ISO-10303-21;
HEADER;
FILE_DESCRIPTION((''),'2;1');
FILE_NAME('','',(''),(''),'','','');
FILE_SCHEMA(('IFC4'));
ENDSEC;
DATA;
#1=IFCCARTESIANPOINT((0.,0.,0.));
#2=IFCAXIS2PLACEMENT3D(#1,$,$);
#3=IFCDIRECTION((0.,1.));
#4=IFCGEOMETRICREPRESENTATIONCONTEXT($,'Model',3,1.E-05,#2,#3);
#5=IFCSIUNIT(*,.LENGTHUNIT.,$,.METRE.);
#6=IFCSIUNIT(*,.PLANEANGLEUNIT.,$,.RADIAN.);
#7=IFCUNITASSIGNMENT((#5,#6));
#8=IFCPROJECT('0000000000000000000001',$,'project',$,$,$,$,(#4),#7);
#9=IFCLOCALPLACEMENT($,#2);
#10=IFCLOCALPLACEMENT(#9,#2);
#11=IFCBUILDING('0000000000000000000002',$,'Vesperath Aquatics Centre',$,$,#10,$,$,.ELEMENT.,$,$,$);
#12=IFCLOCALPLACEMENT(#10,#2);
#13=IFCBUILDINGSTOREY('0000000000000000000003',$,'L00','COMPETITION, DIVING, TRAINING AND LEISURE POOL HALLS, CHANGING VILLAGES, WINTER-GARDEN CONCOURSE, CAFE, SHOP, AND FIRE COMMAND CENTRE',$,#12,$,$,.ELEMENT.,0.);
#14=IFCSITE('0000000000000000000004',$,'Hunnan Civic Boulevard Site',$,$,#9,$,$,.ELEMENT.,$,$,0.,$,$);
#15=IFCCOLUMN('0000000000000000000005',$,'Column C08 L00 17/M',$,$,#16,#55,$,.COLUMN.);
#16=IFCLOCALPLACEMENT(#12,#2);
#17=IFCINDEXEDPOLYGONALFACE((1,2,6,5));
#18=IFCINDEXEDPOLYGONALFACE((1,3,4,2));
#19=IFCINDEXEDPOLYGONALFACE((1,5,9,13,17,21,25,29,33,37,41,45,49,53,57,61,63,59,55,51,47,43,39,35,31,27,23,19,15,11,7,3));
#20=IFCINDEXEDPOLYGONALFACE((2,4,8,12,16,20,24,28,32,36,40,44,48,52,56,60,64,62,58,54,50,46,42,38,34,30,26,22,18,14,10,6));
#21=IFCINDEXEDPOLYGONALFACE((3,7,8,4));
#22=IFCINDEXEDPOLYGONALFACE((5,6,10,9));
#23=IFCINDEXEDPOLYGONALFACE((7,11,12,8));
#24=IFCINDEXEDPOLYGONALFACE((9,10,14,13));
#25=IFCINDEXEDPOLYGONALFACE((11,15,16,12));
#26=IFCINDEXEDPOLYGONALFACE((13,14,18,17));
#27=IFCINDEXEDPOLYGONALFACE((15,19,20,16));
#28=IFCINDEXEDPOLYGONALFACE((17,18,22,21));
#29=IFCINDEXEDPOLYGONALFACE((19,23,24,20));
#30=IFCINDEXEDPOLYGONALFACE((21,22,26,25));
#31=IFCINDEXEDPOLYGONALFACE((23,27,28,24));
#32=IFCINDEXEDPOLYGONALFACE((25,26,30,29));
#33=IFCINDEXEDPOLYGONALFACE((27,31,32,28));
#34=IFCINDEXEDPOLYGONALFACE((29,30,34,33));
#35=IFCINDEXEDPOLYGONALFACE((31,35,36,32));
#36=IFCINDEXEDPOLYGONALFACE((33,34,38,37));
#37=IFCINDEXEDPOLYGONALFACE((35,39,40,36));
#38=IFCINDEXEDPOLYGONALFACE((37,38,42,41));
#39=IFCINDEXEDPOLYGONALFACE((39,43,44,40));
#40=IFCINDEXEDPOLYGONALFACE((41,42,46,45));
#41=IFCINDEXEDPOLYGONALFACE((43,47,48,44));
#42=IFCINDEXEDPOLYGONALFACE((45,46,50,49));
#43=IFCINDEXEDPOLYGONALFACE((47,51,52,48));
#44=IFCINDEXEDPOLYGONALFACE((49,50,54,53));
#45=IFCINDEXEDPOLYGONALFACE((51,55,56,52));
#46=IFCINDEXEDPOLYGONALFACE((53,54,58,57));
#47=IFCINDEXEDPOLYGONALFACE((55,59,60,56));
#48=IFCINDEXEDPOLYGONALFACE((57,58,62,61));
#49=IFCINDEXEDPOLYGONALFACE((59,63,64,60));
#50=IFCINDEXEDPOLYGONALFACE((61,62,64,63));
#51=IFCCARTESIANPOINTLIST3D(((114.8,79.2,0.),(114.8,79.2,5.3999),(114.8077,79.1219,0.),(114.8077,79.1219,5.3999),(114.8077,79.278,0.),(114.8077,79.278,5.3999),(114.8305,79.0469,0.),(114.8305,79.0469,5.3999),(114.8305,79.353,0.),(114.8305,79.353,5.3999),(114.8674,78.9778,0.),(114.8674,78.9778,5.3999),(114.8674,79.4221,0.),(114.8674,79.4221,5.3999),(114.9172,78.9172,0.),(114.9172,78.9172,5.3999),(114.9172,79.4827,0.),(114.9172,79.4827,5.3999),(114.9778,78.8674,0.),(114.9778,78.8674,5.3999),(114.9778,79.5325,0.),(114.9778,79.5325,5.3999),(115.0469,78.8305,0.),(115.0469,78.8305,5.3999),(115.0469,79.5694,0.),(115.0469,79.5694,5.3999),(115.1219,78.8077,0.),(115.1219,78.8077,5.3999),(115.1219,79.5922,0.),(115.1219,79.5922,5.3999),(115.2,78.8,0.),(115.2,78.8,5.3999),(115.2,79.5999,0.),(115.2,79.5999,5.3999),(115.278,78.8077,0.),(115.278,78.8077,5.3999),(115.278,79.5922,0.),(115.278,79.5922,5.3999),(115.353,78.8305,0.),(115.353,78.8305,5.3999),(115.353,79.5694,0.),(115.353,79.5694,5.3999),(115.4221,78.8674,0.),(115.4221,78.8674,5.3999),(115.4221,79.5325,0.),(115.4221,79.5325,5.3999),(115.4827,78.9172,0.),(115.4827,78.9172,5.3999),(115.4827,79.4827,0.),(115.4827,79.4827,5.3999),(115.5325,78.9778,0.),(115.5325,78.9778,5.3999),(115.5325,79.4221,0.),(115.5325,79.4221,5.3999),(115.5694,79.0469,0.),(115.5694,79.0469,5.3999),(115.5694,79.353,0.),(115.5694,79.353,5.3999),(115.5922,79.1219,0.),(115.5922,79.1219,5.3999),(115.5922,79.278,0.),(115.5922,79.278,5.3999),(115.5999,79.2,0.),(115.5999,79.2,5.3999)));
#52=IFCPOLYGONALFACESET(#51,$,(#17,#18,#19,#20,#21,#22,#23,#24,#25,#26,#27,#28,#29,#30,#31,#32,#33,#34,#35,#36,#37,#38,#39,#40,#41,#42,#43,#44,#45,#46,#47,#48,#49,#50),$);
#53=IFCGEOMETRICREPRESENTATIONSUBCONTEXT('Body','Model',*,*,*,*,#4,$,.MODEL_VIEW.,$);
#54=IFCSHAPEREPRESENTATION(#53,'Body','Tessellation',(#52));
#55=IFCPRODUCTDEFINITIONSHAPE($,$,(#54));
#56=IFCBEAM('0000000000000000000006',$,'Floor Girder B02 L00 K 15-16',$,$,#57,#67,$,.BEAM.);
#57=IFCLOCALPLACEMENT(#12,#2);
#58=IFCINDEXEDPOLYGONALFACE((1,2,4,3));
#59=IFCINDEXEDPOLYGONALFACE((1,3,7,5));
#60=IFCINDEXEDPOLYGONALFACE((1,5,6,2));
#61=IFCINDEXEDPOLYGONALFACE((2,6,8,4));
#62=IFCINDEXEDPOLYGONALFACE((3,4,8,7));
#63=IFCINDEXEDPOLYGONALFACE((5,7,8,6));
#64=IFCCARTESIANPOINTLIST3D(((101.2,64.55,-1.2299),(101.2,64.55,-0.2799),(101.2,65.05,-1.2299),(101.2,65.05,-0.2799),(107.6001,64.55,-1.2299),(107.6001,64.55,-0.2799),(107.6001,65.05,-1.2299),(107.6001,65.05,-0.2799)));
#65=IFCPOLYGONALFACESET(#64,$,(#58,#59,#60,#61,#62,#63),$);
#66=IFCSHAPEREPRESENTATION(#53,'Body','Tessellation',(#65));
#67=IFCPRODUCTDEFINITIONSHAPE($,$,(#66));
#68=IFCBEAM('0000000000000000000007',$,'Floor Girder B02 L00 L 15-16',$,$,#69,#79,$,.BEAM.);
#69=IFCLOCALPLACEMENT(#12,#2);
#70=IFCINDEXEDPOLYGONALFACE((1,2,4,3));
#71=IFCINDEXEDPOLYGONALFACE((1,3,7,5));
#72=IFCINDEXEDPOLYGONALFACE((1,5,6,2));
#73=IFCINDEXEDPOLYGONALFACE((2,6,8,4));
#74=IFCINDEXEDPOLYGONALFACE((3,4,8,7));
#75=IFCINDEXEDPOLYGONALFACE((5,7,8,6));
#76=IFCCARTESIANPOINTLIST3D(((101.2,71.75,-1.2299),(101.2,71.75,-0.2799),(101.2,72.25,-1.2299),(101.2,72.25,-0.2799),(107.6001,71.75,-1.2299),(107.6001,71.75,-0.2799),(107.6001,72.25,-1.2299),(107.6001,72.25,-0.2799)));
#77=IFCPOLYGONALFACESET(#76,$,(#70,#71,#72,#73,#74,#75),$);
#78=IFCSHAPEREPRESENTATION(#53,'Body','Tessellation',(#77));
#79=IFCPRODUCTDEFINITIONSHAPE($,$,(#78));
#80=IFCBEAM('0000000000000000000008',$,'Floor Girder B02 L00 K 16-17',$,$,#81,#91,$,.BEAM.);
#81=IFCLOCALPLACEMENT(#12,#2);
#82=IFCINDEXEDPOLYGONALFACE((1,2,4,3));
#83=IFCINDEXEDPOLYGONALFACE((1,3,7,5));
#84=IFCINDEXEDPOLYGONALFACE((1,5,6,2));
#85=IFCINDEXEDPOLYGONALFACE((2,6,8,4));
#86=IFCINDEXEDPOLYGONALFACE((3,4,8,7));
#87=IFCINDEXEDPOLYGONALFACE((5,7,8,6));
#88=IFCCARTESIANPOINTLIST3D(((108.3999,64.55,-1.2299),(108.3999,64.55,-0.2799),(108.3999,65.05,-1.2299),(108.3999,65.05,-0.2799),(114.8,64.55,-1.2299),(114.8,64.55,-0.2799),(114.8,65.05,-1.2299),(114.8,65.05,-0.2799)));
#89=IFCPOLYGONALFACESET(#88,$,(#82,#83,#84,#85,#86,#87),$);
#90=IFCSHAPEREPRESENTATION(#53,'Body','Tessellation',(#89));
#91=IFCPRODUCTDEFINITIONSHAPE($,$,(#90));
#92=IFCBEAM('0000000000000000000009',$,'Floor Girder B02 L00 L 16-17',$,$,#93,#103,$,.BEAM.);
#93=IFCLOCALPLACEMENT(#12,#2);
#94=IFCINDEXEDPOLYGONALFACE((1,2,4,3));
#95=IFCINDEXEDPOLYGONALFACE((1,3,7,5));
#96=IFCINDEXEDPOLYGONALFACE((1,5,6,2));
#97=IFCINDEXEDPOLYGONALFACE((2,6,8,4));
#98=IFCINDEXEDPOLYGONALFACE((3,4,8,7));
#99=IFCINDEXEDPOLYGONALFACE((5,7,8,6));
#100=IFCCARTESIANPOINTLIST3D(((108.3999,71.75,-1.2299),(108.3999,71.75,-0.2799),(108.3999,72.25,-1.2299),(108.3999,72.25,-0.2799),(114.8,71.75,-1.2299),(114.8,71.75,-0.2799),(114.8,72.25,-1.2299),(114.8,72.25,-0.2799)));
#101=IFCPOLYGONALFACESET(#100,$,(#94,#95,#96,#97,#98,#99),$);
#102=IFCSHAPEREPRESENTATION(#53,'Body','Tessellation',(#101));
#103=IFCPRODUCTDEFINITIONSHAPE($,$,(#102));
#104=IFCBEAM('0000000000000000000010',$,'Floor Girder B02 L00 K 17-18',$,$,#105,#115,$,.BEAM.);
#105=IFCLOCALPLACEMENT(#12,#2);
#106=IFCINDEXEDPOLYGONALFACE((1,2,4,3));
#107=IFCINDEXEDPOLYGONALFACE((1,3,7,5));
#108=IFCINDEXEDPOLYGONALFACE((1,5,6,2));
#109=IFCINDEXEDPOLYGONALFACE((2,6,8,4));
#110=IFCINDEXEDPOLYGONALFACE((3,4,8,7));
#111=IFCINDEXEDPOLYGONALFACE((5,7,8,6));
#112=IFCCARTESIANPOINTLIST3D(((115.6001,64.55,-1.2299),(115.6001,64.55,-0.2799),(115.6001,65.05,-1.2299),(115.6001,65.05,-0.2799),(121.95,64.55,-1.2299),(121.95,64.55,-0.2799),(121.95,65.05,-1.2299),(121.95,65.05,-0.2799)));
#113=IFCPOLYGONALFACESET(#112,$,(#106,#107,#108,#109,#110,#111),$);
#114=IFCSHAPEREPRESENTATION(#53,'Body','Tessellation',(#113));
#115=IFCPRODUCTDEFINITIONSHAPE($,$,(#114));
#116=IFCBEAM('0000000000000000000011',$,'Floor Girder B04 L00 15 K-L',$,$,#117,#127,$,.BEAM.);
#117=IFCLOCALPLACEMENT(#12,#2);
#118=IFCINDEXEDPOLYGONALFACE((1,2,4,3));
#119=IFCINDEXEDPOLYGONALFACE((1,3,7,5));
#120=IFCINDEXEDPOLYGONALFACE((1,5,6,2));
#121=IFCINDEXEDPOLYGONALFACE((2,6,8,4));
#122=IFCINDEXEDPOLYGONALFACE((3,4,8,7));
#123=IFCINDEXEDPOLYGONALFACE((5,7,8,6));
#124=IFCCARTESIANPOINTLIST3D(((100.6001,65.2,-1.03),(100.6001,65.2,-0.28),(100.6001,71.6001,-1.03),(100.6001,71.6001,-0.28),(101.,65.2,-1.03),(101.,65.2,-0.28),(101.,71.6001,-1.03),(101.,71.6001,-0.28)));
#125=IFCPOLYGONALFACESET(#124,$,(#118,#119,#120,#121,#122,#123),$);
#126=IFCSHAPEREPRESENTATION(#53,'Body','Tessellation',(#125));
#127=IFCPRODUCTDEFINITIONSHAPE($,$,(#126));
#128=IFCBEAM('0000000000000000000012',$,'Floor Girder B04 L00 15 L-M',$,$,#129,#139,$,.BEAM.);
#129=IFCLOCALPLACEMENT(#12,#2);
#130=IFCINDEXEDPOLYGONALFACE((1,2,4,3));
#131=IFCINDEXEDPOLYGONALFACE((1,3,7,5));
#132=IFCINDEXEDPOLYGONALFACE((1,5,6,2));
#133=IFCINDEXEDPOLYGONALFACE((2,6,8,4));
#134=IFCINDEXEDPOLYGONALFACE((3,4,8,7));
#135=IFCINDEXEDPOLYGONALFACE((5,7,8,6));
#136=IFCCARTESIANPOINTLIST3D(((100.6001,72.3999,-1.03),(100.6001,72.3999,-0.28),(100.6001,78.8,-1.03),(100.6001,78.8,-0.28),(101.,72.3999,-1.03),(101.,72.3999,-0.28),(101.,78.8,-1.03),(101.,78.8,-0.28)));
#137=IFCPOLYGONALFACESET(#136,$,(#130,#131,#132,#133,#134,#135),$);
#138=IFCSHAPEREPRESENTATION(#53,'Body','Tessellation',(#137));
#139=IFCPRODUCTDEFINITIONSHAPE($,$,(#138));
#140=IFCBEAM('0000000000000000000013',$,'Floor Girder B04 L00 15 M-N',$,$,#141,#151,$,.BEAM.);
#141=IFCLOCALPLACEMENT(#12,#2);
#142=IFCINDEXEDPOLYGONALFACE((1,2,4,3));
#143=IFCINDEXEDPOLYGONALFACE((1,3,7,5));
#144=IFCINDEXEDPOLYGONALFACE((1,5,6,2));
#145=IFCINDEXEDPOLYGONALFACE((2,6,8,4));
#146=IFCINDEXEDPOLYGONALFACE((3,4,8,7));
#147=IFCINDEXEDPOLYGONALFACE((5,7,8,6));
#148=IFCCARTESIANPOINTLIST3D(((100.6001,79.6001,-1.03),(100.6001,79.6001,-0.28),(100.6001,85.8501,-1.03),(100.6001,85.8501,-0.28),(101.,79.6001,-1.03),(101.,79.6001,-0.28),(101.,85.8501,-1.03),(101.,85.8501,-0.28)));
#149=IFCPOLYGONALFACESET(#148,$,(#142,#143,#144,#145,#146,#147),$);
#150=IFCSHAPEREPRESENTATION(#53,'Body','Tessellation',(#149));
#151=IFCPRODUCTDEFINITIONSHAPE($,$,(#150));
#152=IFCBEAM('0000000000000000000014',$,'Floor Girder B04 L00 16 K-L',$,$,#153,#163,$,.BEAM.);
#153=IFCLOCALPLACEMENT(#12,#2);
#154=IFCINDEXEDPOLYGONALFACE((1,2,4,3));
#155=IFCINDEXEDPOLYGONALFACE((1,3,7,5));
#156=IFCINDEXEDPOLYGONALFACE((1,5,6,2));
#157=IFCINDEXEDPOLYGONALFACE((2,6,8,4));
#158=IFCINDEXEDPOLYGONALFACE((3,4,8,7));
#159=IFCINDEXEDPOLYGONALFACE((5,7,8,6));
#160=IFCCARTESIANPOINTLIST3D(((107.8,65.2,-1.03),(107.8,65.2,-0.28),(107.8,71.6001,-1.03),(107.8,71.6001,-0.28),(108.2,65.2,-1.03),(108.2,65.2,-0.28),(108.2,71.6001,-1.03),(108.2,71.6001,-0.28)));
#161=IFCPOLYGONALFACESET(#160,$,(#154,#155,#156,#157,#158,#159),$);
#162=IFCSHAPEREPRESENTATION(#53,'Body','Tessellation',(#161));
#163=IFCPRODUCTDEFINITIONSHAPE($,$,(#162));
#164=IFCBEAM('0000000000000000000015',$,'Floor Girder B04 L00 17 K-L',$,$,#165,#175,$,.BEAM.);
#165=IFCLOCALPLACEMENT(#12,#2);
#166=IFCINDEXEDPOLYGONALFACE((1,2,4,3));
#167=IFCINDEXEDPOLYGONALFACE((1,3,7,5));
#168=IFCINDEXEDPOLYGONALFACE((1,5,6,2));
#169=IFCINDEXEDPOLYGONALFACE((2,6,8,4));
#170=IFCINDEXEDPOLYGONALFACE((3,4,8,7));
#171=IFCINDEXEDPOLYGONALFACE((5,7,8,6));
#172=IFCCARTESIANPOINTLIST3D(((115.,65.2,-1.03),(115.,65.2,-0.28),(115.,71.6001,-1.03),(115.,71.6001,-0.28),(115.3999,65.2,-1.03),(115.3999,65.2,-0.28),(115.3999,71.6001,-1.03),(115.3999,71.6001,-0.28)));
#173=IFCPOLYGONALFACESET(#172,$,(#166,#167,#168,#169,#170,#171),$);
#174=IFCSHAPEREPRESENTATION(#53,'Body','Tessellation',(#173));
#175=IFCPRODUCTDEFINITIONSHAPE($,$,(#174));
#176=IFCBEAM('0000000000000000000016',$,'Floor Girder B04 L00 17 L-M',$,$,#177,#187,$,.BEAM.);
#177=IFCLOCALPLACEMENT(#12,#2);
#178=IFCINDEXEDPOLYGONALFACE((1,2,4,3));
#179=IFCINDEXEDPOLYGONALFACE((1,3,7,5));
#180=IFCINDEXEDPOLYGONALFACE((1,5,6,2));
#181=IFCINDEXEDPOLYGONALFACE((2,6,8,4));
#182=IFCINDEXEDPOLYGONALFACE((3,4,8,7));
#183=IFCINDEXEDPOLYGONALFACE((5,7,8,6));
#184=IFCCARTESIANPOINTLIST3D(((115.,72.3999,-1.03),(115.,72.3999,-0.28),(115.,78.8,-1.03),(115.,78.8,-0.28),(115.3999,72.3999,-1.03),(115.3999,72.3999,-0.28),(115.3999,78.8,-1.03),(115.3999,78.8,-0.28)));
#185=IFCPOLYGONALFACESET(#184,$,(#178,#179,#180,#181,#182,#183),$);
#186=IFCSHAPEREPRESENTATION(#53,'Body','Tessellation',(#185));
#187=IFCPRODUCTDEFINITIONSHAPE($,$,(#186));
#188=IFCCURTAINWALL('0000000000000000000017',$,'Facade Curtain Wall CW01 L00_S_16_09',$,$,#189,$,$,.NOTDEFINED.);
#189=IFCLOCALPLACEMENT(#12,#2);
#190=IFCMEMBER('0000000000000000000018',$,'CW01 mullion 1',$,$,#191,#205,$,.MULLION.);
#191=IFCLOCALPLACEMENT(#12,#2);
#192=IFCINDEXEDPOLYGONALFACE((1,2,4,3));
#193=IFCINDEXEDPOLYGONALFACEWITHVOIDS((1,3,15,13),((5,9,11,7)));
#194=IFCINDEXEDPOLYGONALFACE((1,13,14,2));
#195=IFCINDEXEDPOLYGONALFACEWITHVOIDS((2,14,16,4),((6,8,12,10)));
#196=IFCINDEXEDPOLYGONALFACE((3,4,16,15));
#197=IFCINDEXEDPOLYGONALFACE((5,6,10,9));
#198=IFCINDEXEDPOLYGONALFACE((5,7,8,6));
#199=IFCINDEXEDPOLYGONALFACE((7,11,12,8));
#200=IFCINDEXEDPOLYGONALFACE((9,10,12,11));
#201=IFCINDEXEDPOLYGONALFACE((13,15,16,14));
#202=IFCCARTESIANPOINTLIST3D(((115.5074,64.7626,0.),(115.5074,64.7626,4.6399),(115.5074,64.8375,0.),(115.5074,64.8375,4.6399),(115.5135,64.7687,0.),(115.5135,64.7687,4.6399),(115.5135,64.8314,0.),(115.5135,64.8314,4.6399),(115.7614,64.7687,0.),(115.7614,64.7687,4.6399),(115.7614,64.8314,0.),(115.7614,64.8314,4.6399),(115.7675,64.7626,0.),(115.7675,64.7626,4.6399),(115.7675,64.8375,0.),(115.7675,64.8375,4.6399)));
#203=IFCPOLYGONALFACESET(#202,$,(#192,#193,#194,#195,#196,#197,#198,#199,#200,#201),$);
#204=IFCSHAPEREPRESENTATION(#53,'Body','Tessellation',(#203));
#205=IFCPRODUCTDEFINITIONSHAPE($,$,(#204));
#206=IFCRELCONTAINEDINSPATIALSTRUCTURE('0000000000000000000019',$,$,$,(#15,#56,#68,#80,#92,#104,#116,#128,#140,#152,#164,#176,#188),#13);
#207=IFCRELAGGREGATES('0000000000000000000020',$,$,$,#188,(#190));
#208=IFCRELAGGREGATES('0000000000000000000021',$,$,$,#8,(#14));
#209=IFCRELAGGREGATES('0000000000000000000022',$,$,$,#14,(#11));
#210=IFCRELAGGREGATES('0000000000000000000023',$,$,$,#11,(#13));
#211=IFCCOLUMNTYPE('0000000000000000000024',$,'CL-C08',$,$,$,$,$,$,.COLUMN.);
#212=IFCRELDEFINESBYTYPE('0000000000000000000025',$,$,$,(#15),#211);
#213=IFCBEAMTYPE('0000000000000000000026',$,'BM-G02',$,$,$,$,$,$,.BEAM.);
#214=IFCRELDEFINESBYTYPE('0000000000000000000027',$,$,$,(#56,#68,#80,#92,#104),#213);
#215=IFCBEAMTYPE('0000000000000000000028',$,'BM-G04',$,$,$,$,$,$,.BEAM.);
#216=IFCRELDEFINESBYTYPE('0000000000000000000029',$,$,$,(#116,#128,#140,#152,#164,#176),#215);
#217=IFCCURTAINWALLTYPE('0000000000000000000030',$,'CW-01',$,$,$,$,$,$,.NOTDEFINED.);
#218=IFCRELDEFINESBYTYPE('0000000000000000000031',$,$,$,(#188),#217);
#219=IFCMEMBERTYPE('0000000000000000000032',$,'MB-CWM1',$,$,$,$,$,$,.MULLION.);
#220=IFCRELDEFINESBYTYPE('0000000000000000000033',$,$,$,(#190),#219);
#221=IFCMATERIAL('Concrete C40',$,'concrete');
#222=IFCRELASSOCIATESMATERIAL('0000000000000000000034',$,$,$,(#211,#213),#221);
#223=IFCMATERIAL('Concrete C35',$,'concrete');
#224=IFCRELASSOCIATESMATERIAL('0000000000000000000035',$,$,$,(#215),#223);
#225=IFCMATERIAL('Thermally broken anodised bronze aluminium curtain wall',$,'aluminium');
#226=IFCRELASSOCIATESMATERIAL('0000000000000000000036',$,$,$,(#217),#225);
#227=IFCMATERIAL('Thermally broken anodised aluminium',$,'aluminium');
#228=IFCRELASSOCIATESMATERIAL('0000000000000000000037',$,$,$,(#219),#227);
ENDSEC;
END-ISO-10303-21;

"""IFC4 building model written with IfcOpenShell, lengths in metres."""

from ifc_helpers import new_model, si_unit, direction, frame, origin, origin_2d, place, context, subcontext, project, spatial, rectangle, hollow_rectangle, circle, extrude, material, material_profile, profile_set, type_object, element, aggregate, save


model = new_model("IFC4")

# Units and contexts
model_context = context("Model", 3, precision=1e-05, world=origin(), true_north=direction((0.0, 1.0)))
body_context = subcontext(model_context, "Body", "Model", "MODEL_VIEW")
ifc_project = project(units=[si_unit("LENGTHUNIT", "METRE"), si_unit("PLANEANGLEUNIT", "RADIAN")], contexts=[model_context])

# Site, building, storey
site_placement = place(None, origin())
site = spatial("IfcSite", under=ifc_project, at=site_placement, Name="Hunnan Civic Boulevard Site", CompositionType="ELEMENT", RefElevation=0.0)
building_placement = place(site_placement, origin())
building = spatial("IfcBuilding", under=site, at=building_placement, Name="Vesperath Aquatics Centre", CompositionType="ELEMENT")
storey_placement = place(building_placement, origin())
storey = spatial("IfcBuildingStorey", under=building, at=storey_placement, Name="L00", Description="COMPETITION, DIVING, TRAINING AND LEISURE POOL HALLS, CHANGING VILLAGES, WINTER-GARDEN CONCOURSE, CAFE, SHOP, AND FIRE COMMAND CENTRE", CompositionType="ELEMENT", Elevation=0.0)

# Column
ifc_material_1 = material(Name="Concrete C40", Category="concrete")
ifc_material_profile_1 = material_profile(ifc_material_1, circle(Radius=0.3999, at=origin_2d()), Name="RC D800")
ifc_profile_set_1 = profile_set([ifc_material_profile_1], Name="Concrete C40")
column_type = type_object("IfcColumnType", Name="CL-C08", PredefinedType="COLUMN", material=ifc_profile_set_1)
for number, where, z_axis, x_axis, name in (
    (1, (115.2, 79.2, 0.0), (0.0, 0.0, 1.0), (1.0, 0.0, 0.0), "Column C08 L00 17/M"),
):
    element("IfcColumn", number, at=place(storey_placement, frame(where, z_axis=z_axis, x_axis=x_axis)), inside=storey, type_object=column_type, Name=name, PredefinedType="COLUMN", context=body_context, shape_type="SweptSolid", body=[
        extrude(circle(Radius=0.3999, at=origin_2d()), origin(), (0.0, 0.0, 1.0), 5.3999),
    ])

# Beams
ifc_material_profile_2 = material_profile(ifc_material_1, rectangle(XDim=0.5, YDim=0.95, at=origin_2d()), Name="RC 500x950")
ifc_profile_set_2 = profile_set([ifc_material_profile_2], Name="Concrete C40")
beam_type_1 = type_object("IfcBeamType", Name="BM-G02", PredefinedType="BEAM", material=ifc_profile_set_2)
for number, where, z_axis, x_axis, name in (
    (2, (101.2, 64.8, -0.7549), (1.0, 0.0, 0.0), (0.0, 1.0, 0.0), "Floor Girder B02 L00 K 15-16"),
    (3, (101.2, 72.0, -0.7549), (1.0, 0.0, 0.0), (0.0, 1.0, 0.0), "Floor Girder B02 L00 L 15-16"),
    (4, (108.3999, 64.8, -0.7549), (1.0, 0.0, 0.0), (0.0, 1.0, 0.0), "Floor Girder B02 L00 K 16-17"),
    (5, (108.3999, 72.0, -0.7549), (1.0, 0.0, 0.0), (0.0, 1.0, 0.0), "Floor Girder B02 L00 L 16-17"),
):
    element("IfcBeam", number, at=place(storey_placement, frame(where, z_axis=z_axis, x_axis=x_axis)), inside=storey, type_object=beam_type_1, Name=name, PredefinedType="BEAM", context=body_context, shape_type="SweptSolid", body=[
        extrude(rectangle(XDim=0.5, YDim=0.95, at=origin_2d()), origin(), (0.0, 0.0, 1.0), 6.4001),
    ])
beam_1_placement = place(storey_placement, frame((115.6001, 64.8, -0.7549), z_axis=(1.0, 0.0, 0.0), x_axis=(0.0, 1.0, 0.0)))
element("IfcBeam", 6, at=beam_1_placement, inside=storey, type_object=beam_type_1, Name="Floor Girder B02 L00 K 17-18", PredefinedType="BEAM", context=body_context, shape_type="SweptSolid", body=[
    extrude(rectangle(XDim=0.5, YDim=0.95, at=origin_2d()), origin(), (0.0, 0.0, 1.0), 6.3499),
])
ifc_material_2 = material(Name="Concrete C35", Category="concrete")
ifc_material_profile_3 = material_profile(ifc_material_2, rectangle(XDim=0.3999, YDim=0.75, at=origin_2d()), Name="RC 400x750")
ifc_profile_set_3 = profile_set([ifc_material_profile_3], Name="Concrete C35")
beam_type_2 = type_object("IfcBeamType", Name="BM-G04", PredefinedType="BEAM", material=ifc_profile_set_3)
for number, where, z_axis, x_axis, name in (
    (7, (100.8, 65.2, -0.655), (0.0, 1.0, 0.0), (-1.0, 0.0, 0.0), "Floor Girder B04 L00 15 K-L"),
    (8, (100.8, 72.3999, -0.655), (0.0, 1.0, 0.0), (-1.0, 0.0, 0.0), "Floor Girder B04 L00 15 L-M"),
):
    element("IfcBeam", number, at=place(storey_placement, frame(where, z_axis=z_axis, x_axis=x_axis)), inside=storey, type_object=beam_type_2, Name=name, PredefinedType="BEAM", context=body_context, shape_type="SweptSolid", body=[
        extrude(rectangle(XDim=0.3999, YDim=0.75, at=origin_2d()), origin(), (0.0, 0.0, 1.0), 6.4001),
    ])
beam_2_placement = place(storey_placement, frame((100.8, 79.6001, -0.655), z_axis=(0.0, 1.0, 0.0), x_axis=(-1.0, 0.0, 0.0)))
element("IfcBeam", 9, at=beam_2_placement, inside=storey, type_object=beam_type_2, Name="Floor Girder B04 L00 15 M-N", PredefinedType="BEAM", context=body_context, shape_type="SweptSolid", body=[
    extrude(rectangle(XDim=0.3999, YDim=0.75, at=origin_2d()), origin(), (0.0, 0.0, 1.0), 6.25),
])
for number, where, z_axis, x_axis, name in (
    (10, (108.0, 65.2, -0.655), (0.0, 1.0, 0.0), (-1.0, 0.0, 0.0), "Floor Girder B04 L00 16 K-L"),
    (11, (115.2, 65.2, -0.655), (0.0, 1.0, 0.0), (-1.0, 0.0, 0.0), "Floor Girder B04 L00 17 K-L"),
    (12, (115.2, 72.3999, -0.655), (0.0, 1.0, 0.0), (-1.0, 0.0, 0.0), "Floor Girder B04 L00 17 L-M"),
):
    element("IfcBeam", number, at=place(storey_placement, frame(where, z_axis=z_axis, x_axis=x_axis)), inside=storey, type_object=beam_type_2, Name=name, PredefinedType="BEAM", context=body_context, shape_type="SweptSolid", body=[
        extrude(rectangle(XDim=0.3999, YDim=0.75, at=origin_2d()), origin(), (0.0, 0.0, 1.0), 6.4001),
    ])

# Curtain wall, member
ifc_material_3 = material(Name="Thermally broken anodised bronze aluminium curtain wall", Category="aluminium")
curtain_wall_type = type_object("IfcCurtainWallType", Name="CW-01", PredefinedType="NOTDEFINED", material=ifc_material_3)
curtain_wall_1_placement = place(storey_placement, origin())
curtain_wall_1 = element("IfcCurtainWall", 13, at=curtain_wall_1_placement, inside=storey, type_object=curtain_wall_type, Name="Facade Curtain Wall CW01 L00_S_16_09", PredefinedType="NOTDEFINED")
ifc_material_4 = material(Name="Thermally broken anodised aluminium", Category="aluminium")
ifc_material_profile_4 = material_profile(ifc_material_4, hollow_rectangle(XDim=0.075, YDim=0.26, WallThickness=0.0061, at=origin_2d()), Name="CWM 75x260x6")
ifc_profile_set_4 = profile_set([ifc_material_profile_4], Name="Thermally broken anodised aluminium")
member_type_1 = type_object("IfcMemberType", Name="MB-CWM1", PredefinedType="MULLION", material=ifc_profile_set_4)
member_1_placement = place(storey_placement, frame((115.6375, 64.8, 0.0), z_axis=(0.0, 0.0, 1.0), x_axis=(0.0, 1.0, 0.0)))
member_1 = element("IfcMember", 14, at=member_1_placement, type_object=member_type_1, Name="CW01 mullion 1", PredefinedType="MULLION", context=body_context, shape_type="SweptSolid", body=[
    extrude(hollow_rectangle(XDim=0.075, YDim=0.26, WallThickness=0.0061, at=origin_2d()), origin(), (0.0, 0.0, 1.0), 4.6399),
])

aggregate(curtain_wall_1, [member_1])

save(model, "model.ifc")
